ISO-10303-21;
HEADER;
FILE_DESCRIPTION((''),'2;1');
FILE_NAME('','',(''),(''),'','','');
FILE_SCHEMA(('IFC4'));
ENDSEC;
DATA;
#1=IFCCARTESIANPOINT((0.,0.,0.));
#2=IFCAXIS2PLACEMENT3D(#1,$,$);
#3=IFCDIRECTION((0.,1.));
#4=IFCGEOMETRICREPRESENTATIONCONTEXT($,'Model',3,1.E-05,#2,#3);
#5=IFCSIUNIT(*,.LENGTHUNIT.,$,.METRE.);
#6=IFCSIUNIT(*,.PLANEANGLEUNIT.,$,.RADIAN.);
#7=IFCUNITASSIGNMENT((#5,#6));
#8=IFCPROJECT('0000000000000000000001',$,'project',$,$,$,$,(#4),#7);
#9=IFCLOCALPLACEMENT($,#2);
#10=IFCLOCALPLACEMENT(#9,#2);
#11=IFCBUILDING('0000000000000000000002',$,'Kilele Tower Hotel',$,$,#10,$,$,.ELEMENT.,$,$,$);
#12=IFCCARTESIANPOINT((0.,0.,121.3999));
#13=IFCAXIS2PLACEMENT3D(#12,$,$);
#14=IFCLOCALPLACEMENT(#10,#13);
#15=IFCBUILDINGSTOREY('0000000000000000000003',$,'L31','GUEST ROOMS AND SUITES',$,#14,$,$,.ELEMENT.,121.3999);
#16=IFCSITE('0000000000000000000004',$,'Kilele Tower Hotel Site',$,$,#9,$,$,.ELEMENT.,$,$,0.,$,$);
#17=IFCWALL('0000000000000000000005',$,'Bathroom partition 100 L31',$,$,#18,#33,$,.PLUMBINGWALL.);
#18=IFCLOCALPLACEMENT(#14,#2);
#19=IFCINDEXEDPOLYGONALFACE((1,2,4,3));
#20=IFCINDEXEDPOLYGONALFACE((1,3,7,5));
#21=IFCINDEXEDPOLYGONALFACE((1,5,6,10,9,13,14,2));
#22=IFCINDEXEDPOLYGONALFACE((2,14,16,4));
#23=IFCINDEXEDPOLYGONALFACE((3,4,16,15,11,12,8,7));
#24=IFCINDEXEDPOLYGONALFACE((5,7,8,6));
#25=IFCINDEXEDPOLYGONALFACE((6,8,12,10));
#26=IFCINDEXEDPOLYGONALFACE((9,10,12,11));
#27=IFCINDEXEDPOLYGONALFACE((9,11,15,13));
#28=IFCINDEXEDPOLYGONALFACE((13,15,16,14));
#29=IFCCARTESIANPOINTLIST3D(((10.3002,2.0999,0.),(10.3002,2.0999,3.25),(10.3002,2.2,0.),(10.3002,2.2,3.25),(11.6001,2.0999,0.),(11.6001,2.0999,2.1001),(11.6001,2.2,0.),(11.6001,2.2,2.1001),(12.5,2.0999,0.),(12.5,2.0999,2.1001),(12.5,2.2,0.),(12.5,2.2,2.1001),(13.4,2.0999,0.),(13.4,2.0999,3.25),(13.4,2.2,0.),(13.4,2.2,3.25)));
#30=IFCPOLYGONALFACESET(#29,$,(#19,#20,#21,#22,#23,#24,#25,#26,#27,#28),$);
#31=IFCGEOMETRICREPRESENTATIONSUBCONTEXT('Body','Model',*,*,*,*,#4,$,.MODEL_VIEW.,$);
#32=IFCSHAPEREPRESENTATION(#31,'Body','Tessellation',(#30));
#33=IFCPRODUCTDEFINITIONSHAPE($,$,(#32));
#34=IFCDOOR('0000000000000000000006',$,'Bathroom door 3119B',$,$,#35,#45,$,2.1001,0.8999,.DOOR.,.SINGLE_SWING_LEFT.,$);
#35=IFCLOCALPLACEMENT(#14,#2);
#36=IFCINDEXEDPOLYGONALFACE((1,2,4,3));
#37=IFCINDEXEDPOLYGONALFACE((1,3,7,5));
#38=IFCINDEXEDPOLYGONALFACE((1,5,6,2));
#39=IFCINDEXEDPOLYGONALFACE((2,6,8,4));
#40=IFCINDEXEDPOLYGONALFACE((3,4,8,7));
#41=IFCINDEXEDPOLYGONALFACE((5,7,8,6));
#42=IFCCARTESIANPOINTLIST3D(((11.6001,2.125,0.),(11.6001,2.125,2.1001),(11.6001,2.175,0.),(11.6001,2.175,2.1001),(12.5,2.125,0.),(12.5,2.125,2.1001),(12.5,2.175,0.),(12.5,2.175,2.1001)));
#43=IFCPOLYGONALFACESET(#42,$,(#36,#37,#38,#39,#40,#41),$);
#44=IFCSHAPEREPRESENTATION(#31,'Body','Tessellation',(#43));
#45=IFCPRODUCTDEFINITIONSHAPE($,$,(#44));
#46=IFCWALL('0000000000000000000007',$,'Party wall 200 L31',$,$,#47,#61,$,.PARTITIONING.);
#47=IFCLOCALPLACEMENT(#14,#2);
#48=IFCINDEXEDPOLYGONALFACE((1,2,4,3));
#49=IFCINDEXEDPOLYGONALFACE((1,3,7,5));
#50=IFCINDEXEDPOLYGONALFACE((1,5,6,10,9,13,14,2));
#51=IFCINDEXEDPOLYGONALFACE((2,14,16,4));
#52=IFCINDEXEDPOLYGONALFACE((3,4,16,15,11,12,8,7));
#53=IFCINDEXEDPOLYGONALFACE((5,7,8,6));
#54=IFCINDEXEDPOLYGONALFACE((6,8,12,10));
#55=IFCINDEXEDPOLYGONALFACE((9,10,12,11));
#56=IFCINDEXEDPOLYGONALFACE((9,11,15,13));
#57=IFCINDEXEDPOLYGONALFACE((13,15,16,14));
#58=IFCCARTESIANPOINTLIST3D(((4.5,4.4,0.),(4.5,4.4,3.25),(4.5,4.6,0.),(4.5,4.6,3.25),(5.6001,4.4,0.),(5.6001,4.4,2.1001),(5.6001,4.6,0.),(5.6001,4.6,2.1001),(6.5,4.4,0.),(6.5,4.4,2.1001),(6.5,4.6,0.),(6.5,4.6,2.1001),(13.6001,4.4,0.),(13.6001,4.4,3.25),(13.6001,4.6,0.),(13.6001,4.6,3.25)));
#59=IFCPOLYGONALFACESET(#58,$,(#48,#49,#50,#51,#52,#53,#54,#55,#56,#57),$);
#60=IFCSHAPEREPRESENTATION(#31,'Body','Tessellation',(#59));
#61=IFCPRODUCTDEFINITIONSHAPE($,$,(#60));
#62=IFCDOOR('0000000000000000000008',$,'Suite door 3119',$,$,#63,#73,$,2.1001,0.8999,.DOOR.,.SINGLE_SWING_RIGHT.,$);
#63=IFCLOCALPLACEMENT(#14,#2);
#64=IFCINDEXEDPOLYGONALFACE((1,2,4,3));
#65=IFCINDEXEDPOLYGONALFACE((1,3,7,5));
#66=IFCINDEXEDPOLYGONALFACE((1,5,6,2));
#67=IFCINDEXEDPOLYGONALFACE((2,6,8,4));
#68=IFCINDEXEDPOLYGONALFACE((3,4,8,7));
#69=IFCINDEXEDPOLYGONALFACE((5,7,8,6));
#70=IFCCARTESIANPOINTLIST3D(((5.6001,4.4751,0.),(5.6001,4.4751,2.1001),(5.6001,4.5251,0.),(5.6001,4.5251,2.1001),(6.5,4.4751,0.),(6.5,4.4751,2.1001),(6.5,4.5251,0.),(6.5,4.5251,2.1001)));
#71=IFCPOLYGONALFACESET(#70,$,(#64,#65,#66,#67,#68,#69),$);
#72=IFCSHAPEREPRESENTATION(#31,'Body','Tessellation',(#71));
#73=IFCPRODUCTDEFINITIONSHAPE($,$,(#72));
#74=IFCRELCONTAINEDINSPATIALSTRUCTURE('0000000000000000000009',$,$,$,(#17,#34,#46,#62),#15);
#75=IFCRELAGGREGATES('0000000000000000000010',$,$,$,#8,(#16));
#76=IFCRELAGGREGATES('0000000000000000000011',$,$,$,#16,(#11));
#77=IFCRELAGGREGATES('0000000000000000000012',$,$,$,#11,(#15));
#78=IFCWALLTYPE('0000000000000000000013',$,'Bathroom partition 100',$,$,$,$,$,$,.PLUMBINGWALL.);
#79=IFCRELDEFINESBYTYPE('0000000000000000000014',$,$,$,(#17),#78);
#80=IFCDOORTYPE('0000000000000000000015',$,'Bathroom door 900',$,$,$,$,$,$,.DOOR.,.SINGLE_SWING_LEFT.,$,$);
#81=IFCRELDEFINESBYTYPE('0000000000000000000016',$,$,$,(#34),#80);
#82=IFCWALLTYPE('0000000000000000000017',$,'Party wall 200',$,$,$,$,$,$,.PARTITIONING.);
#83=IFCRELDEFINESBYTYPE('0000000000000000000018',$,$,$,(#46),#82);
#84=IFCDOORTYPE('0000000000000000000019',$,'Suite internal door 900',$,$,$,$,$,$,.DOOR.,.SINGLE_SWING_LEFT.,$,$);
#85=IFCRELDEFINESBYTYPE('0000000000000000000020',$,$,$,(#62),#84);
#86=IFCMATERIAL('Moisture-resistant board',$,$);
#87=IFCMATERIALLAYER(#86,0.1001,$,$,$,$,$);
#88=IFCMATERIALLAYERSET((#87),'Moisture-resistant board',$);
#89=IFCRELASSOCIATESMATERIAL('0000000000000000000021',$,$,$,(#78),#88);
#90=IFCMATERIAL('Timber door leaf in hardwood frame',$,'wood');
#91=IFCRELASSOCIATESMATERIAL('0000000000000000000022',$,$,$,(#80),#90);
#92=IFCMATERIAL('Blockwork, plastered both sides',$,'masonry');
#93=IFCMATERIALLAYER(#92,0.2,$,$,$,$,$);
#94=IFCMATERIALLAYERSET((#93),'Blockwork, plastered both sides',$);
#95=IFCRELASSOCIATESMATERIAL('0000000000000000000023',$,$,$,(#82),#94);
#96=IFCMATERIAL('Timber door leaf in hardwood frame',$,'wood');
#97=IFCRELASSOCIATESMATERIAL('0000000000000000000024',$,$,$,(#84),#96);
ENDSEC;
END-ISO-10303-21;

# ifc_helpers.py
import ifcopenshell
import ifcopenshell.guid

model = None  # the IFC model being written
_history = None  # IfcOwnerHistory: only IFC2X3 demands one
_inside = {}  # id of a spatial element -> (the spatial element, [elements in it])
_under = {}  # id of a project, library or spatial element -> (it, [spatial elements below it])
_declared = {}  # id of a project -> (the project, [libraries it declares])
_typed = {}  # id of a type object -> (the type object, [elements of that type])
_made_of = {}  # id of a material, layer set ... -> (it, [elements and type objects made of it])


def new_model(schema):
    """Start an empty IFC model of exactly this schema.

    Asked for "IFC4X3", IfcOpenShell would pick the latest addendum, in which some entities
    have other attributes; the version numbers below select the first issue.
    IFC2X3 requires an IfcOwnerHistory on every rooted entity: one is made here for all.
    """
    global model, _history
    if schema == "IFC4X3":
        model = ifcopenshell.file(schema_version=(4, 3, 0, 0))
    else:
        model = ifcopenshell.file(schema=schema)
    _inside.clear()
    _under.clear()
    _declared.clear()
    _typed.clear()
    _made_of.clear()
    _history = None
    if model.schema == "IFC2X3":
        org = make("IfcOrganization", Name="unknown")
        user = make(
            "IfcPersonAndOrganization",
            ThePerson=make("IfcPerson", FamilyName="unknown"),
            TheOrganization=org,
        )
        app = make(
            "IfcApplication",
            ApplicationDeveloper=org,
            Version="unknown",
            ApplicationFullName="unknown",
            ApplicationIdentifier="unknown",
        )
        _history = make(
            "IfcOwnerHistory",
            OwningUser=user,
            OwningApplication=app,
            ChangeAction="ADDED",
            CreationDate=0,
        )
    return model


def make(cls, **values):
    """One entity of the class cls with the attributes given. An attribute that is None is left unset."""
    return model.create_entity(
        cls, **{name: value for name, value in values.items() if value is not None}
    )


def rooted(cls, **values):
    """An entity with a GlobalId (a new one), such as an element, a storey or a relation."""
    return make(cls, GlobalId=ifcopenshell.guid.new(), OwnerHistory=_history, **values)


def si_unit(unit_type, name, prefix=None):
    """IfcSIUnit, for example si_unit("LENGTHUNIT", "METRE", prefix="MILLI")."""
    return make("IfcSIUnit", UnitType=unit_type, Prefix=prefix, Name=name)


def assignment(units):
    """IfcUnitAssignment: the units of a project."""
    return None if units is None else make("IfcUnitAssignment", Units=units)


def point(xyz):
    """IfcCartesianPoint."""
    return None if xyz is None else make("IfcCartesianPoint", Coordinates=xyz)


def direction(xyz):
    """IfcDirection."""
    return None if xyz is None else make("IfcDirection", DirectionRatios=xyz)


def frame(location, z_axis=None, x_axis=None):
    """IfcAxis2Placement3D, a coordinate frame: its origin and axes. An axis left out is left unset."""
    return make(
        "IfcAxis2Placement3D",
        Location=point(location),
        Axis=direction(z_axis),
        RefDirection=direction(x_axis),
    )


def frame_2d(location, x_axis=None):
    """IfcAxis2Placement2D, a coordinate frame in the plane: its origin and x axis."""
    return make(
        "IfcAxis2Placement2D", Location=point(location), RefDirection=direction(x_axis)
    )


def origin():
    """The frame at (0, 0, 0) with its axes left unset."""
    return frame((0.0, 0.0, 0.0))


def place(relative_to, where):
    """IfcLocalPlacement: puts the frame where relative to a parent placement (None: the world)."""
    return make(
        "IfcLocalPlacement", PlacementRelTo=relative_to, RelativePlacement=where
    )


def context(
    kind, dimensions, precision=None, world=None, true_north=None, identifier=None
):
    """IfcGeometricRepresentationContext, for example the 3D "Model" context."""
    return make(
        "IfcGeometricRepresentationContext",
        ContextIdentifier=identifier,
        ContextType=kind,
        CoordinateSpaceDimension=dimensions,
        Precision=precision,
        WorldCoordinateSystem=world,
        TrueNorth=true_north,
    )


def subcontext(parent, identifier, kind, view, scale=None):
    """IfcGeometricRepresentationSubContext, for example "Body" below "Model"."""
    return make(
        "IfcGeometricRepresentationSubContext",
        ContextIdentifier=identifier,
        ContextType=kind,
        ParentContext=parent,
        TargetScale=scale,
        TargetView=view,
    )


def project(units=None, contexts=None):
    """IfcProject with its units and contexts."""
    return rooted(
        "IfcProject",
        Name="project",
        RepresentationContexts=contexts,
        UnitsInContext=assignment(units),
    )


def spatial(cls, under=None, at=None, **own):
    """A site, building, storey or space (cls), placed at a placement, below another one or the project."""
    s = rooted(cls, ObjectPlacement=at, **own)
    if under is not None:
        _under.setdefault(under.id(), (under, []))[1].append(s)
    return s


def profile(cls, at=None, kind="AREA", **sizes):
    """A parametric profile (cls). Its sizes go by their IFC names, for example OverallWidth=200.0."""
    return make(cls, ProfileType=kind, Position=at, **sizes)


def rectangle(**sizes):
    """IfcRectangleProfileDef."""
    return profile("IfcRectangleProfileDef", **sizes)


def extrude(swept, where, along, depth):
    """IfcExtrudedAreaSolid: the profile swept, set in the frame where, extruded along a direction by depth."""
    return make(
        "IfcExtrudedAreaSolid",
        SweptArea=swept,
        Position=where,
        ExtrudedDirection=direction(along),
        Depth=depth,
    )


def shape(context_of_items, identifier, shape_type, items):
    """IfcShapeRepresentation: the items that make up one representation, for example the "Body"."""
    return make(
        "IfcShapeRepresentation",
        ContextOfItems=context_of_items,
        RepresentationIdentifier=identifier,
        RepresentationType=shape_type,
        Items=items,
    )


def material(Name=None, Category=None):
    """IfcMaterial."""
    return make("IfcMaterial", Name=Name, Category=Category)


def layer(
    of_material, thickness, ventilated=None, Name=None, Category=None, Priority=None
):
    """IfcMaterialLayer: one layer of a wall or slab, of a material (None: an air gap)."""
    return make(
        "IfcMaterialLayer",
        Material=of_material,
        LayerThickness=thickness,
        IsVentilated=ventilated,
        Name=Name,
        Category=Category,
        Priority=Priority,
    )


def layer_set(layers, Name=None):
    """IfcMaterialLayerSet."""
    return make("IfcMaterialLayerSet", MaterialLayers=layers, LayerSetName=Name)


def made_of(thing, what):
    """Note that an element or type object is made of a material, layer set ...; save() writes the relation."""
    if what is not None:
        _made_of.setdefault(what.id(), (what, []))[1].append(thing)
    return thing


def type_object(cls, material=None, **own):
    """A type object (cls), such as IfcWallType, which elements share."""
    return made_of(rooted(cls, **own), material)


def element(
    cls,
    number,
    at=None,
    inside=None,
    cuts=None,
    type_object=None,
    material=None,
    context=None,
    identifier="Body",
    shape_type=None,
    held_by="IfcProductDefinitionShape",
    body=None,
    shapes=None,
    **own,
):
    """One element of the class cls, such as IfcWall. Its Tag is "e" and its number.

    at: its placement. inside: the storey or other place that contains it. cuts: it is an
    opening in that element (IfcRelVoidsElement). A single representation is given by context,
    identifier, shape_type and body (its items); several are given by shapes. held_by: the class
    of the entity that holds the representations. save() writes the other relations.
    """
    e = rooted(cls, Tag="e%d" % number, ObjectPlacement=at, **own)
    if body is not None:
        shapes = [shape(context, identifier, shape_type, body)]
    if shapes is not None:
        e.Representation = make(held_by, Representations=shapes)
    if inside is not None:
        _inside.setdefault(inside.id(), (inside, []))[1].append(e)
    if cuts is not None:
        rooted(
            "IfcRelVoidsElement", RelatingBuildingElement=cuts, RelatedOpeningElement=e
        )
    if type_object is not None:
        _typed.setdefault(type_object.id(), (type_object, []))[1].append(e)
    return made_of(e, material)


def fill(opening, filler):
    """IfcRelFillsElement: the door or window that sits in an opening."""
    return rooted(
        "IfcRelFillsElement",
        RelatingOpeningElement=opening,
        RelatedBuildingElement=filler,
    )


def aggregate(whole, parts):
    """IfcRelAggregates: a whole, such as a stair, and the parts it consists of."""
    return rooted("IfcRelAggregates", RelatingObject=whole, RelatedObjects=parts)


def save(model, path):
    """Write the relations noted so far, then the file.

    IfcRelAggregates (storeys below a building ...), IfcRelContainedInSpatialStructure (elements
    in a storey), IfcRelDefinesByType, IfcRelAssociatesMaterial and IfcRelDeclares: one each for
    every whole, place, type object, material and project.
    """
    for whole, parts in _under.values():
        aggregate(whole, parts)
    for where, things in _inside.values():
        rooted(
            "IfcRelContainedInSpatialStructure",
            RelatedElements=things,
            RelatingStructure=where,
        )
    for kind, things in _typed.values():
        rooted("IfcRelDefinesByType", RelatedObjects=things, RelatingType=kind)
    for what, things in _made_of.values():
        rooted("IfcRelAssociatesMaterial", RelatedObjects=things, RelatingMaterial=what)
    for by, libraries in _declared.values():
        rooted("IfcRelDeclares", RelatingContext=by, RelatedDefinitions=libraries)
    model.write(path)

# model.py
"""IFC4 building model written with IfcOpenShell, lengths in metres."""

from ifc_helpers import new_model, si_unit, direction, frame, frame_2d, origin, place, context, subcontext, project, spatial, rectangle, extrude, material, layer, layer_set, type_object, element, fill, save


model = new_model("IFC4")

# Units and contexts
model_context = context("Model", 3, precision=1e-05, world=origin(), true_north=direction((0.0, 1.0)))
body_context = subcontext(model_context, "Body", "Model", "MODEL_VIEW")
ifc_project = project(units=[si_unit("LENGTHUNIT", "METRE"), si_unit("PLANEANGLEUNIT", "RADIAN")], contexts=[model_context])

# Site, building, storey
site_placement = place(None, origin())
site = spatial("IfcSite", under=ifc_project, at=site_placement, Name="Kilele Tower Hotel Site", CompositionType="ELEMENT", RefElevation=0.0)
building_placement = place(site_placement, origin())
building = spatial("IfcBuilding", under=site, at=building_placement, Name="Kilele Tower Hotel", CompositionType="ELEMENT")
storey_placement = place(building_placement, frame((0.0, 0.0, 121.3999)))
storey = spatial("IfcBuildingStorey", under=building, at=storey_placement, Name="L31", Description="GUEST ROOMS AND SUITES", CompositionType="ELEMENT", Elevation=121.3999)

# Shared definitions
ifc_material_1 = material(Name="Moisture-resistant board")
ifc_layer_1 = layer(ifc_material_1, 0.1001)
ifc_layer_set_1 = layer_set([ifc_layer_1], Name="Moisture-resistant board")
wall_type_1 = type_object("IfcWallType", Name="Bathroom partition 100", PredefinedType="PLUMBINGWALL", material=ifc_layer_set_1)

# Walls, openings, doors
ifc_material_2 = material(Name="Timber door leaf in hardwood frame", Category="wood")
door_type_1 = type_object("IfcDoorType", Name="Bathroom door 900", OperationType="SINGLE_SWING_LEFT", PredefinedType="DOOR", material=ifc_material_2)
wall_1_placement = place(storey_placement, frame((13.3999, 2.1499, 0.0), z_axis=(0.0, 0.0, 1.0), x_axis=(-1.0, 0.0, 0.0)))
wall_1 = element("IfcWall", 1, at=wall_1_placement, inside=storey, type_object=wall_type_1, Name="Bathroom partition 100 L31", PredefinedType="PLUMBINGWALL", context=body_context, shape_type="SweptSolid", body=[
    extrude(rectangle(XDim=3.0999, YDim=0.1001, at=frame_2d((1.5498, 0.0))), origin(), (0.0, 0.0, 1.0), 3.25),
])
opening_1_placement = place(wall_1_placement, frame((0.8999, 0.0, 0.0)))
opening_1 = element("IfcOpeningElement", 2, at=opening_1_placement, cuts=wall_1, PredefinedType="OPENING", context=body_context, shape_type="SweptSolid", body=[
    extrude(rectangle(XDim=0.8999, YDim=2.1001, at=frame_2d((0.45, 1.05))), frame((0.0, 0.0601, 0.0), z_axis=(0.0, -1.0, 0.0), x_axis=(1.0, 0.0, 0.0)), (0.0, 0.0, 1.0), 0.1201),
])
door_1_placement = place(opening_1_placement, origin())
door_1 = element("IfcDoor", 3, at=door_1_placement, inside=storey, type_object=door_type_1, Name="Bathroom door 3119B", OperationType="SINGLE_SWING_LEFT", OverallHeight=2.1001, OverallWidth=0.8999, PredefinedType="DOOR", context=body_context, shape_type="SweptSolid", body=[
    extrude(rectangle(XDim=0.8999, YDim=2.1001, at=frame_2d((0.45, 1.05))), frame((0.0, 0.0249, 0.0), z_axis=(0.0, -1.0, 0.0), x_axis=(1.0, 0.0, 0.0)), (0.0, 0.0, 1.0), 0.05),
])
fill(opening_1, door_1)
ifc_material_3 = material(Name="Blockwork, plastered both sides", Category="masonry")
ifc_layer_2 = layer(ifc_material_3, 0.2)
ifc_layer_set_2 = layer_set([ifc_layer_2], Name="Blockwork, plastered both sides")
wall_type_2 = type_object("IfcWallType", Name="Party wall 200", PredefinedType="PARTITIONING", material=ifc_layer_set_2)
wall_2_placement = place(storey_placement, frame((13.6001, 4.5, 0.0), z_axis=(0.0, 0.0, 1.0), x_axis=(-1.0, 0.0, 0.0)))
wall_2 = element("IfcWall", 4, at=wall_2_placement, inside=storey, type_object=wall_type_2, Name="Party wall 200 L31", PredefinedType="PARTITIONING", context=body_context, shape_type="SweptSolid", body=[
    extrude(rectangle(XDim=9.1001, YDim=0.2, at=frame_2d((4.55, 0.0))), origin(), (0.0, 0.0, 1.0), 3.25),
])
opening_2_placement = place(wall_2_placement, frame((7.1001, 0.0, 0.0)))
opening_2 = element("IfcOpeningElement", 5, at=opening_2_placement, cuts=wall_2, PredefinedType="OPENING", context=body_context, shape_type="SweptSolid", body=[
    extrude(rectangle(XDim=0.8999, YDim=2.1001, at=frame_2d((0.45, 1.05))), frame((0.0, 0.1099, 0.0), z_axis=(0.0, -1.0, 0.0), x_axis=(1.0, 0.0, 0.0)), (0.0, 0.0, 1.0), 0.22),
])
ifc_material_4 = material(Name="Timber door leaf in hardwood frame", Category="wood")
door_type_2 = type_object("IfcDoorType", Name="Suite internal door 900", OperationType="SINGLE_SWING_LEFT", PredefinedType="DOOR", material=ifc_material_4)
door_2_placement = place(opening_2_placement, origin())
door_2 = element("IfcDoor", 6, at=door_2_placement, inside=storey, type_object=door_type_2, Name="Suite door 3119", OperationType="SINGLE_SWING_RIGHT", OverallHeight=2.1001, OverallWidth=0.8999, PredefinedType="DOOR", context=body_context, shape_type="SweptSolid", body=[
    extrude(rectangle(XDim=0.8999, YDim=2.1001, at=frame_2d((0.45, 1.05))), frame((0.0, 0.0249, 0.0), z_axis=(0.0, -1.0, 0.0), x_axis=(1.0, 0.0, 0.0)), (0.0, 0.0, 1.0), 0.05),
])
fill(opening_2, door_2)

save(model, "model.ifc")
